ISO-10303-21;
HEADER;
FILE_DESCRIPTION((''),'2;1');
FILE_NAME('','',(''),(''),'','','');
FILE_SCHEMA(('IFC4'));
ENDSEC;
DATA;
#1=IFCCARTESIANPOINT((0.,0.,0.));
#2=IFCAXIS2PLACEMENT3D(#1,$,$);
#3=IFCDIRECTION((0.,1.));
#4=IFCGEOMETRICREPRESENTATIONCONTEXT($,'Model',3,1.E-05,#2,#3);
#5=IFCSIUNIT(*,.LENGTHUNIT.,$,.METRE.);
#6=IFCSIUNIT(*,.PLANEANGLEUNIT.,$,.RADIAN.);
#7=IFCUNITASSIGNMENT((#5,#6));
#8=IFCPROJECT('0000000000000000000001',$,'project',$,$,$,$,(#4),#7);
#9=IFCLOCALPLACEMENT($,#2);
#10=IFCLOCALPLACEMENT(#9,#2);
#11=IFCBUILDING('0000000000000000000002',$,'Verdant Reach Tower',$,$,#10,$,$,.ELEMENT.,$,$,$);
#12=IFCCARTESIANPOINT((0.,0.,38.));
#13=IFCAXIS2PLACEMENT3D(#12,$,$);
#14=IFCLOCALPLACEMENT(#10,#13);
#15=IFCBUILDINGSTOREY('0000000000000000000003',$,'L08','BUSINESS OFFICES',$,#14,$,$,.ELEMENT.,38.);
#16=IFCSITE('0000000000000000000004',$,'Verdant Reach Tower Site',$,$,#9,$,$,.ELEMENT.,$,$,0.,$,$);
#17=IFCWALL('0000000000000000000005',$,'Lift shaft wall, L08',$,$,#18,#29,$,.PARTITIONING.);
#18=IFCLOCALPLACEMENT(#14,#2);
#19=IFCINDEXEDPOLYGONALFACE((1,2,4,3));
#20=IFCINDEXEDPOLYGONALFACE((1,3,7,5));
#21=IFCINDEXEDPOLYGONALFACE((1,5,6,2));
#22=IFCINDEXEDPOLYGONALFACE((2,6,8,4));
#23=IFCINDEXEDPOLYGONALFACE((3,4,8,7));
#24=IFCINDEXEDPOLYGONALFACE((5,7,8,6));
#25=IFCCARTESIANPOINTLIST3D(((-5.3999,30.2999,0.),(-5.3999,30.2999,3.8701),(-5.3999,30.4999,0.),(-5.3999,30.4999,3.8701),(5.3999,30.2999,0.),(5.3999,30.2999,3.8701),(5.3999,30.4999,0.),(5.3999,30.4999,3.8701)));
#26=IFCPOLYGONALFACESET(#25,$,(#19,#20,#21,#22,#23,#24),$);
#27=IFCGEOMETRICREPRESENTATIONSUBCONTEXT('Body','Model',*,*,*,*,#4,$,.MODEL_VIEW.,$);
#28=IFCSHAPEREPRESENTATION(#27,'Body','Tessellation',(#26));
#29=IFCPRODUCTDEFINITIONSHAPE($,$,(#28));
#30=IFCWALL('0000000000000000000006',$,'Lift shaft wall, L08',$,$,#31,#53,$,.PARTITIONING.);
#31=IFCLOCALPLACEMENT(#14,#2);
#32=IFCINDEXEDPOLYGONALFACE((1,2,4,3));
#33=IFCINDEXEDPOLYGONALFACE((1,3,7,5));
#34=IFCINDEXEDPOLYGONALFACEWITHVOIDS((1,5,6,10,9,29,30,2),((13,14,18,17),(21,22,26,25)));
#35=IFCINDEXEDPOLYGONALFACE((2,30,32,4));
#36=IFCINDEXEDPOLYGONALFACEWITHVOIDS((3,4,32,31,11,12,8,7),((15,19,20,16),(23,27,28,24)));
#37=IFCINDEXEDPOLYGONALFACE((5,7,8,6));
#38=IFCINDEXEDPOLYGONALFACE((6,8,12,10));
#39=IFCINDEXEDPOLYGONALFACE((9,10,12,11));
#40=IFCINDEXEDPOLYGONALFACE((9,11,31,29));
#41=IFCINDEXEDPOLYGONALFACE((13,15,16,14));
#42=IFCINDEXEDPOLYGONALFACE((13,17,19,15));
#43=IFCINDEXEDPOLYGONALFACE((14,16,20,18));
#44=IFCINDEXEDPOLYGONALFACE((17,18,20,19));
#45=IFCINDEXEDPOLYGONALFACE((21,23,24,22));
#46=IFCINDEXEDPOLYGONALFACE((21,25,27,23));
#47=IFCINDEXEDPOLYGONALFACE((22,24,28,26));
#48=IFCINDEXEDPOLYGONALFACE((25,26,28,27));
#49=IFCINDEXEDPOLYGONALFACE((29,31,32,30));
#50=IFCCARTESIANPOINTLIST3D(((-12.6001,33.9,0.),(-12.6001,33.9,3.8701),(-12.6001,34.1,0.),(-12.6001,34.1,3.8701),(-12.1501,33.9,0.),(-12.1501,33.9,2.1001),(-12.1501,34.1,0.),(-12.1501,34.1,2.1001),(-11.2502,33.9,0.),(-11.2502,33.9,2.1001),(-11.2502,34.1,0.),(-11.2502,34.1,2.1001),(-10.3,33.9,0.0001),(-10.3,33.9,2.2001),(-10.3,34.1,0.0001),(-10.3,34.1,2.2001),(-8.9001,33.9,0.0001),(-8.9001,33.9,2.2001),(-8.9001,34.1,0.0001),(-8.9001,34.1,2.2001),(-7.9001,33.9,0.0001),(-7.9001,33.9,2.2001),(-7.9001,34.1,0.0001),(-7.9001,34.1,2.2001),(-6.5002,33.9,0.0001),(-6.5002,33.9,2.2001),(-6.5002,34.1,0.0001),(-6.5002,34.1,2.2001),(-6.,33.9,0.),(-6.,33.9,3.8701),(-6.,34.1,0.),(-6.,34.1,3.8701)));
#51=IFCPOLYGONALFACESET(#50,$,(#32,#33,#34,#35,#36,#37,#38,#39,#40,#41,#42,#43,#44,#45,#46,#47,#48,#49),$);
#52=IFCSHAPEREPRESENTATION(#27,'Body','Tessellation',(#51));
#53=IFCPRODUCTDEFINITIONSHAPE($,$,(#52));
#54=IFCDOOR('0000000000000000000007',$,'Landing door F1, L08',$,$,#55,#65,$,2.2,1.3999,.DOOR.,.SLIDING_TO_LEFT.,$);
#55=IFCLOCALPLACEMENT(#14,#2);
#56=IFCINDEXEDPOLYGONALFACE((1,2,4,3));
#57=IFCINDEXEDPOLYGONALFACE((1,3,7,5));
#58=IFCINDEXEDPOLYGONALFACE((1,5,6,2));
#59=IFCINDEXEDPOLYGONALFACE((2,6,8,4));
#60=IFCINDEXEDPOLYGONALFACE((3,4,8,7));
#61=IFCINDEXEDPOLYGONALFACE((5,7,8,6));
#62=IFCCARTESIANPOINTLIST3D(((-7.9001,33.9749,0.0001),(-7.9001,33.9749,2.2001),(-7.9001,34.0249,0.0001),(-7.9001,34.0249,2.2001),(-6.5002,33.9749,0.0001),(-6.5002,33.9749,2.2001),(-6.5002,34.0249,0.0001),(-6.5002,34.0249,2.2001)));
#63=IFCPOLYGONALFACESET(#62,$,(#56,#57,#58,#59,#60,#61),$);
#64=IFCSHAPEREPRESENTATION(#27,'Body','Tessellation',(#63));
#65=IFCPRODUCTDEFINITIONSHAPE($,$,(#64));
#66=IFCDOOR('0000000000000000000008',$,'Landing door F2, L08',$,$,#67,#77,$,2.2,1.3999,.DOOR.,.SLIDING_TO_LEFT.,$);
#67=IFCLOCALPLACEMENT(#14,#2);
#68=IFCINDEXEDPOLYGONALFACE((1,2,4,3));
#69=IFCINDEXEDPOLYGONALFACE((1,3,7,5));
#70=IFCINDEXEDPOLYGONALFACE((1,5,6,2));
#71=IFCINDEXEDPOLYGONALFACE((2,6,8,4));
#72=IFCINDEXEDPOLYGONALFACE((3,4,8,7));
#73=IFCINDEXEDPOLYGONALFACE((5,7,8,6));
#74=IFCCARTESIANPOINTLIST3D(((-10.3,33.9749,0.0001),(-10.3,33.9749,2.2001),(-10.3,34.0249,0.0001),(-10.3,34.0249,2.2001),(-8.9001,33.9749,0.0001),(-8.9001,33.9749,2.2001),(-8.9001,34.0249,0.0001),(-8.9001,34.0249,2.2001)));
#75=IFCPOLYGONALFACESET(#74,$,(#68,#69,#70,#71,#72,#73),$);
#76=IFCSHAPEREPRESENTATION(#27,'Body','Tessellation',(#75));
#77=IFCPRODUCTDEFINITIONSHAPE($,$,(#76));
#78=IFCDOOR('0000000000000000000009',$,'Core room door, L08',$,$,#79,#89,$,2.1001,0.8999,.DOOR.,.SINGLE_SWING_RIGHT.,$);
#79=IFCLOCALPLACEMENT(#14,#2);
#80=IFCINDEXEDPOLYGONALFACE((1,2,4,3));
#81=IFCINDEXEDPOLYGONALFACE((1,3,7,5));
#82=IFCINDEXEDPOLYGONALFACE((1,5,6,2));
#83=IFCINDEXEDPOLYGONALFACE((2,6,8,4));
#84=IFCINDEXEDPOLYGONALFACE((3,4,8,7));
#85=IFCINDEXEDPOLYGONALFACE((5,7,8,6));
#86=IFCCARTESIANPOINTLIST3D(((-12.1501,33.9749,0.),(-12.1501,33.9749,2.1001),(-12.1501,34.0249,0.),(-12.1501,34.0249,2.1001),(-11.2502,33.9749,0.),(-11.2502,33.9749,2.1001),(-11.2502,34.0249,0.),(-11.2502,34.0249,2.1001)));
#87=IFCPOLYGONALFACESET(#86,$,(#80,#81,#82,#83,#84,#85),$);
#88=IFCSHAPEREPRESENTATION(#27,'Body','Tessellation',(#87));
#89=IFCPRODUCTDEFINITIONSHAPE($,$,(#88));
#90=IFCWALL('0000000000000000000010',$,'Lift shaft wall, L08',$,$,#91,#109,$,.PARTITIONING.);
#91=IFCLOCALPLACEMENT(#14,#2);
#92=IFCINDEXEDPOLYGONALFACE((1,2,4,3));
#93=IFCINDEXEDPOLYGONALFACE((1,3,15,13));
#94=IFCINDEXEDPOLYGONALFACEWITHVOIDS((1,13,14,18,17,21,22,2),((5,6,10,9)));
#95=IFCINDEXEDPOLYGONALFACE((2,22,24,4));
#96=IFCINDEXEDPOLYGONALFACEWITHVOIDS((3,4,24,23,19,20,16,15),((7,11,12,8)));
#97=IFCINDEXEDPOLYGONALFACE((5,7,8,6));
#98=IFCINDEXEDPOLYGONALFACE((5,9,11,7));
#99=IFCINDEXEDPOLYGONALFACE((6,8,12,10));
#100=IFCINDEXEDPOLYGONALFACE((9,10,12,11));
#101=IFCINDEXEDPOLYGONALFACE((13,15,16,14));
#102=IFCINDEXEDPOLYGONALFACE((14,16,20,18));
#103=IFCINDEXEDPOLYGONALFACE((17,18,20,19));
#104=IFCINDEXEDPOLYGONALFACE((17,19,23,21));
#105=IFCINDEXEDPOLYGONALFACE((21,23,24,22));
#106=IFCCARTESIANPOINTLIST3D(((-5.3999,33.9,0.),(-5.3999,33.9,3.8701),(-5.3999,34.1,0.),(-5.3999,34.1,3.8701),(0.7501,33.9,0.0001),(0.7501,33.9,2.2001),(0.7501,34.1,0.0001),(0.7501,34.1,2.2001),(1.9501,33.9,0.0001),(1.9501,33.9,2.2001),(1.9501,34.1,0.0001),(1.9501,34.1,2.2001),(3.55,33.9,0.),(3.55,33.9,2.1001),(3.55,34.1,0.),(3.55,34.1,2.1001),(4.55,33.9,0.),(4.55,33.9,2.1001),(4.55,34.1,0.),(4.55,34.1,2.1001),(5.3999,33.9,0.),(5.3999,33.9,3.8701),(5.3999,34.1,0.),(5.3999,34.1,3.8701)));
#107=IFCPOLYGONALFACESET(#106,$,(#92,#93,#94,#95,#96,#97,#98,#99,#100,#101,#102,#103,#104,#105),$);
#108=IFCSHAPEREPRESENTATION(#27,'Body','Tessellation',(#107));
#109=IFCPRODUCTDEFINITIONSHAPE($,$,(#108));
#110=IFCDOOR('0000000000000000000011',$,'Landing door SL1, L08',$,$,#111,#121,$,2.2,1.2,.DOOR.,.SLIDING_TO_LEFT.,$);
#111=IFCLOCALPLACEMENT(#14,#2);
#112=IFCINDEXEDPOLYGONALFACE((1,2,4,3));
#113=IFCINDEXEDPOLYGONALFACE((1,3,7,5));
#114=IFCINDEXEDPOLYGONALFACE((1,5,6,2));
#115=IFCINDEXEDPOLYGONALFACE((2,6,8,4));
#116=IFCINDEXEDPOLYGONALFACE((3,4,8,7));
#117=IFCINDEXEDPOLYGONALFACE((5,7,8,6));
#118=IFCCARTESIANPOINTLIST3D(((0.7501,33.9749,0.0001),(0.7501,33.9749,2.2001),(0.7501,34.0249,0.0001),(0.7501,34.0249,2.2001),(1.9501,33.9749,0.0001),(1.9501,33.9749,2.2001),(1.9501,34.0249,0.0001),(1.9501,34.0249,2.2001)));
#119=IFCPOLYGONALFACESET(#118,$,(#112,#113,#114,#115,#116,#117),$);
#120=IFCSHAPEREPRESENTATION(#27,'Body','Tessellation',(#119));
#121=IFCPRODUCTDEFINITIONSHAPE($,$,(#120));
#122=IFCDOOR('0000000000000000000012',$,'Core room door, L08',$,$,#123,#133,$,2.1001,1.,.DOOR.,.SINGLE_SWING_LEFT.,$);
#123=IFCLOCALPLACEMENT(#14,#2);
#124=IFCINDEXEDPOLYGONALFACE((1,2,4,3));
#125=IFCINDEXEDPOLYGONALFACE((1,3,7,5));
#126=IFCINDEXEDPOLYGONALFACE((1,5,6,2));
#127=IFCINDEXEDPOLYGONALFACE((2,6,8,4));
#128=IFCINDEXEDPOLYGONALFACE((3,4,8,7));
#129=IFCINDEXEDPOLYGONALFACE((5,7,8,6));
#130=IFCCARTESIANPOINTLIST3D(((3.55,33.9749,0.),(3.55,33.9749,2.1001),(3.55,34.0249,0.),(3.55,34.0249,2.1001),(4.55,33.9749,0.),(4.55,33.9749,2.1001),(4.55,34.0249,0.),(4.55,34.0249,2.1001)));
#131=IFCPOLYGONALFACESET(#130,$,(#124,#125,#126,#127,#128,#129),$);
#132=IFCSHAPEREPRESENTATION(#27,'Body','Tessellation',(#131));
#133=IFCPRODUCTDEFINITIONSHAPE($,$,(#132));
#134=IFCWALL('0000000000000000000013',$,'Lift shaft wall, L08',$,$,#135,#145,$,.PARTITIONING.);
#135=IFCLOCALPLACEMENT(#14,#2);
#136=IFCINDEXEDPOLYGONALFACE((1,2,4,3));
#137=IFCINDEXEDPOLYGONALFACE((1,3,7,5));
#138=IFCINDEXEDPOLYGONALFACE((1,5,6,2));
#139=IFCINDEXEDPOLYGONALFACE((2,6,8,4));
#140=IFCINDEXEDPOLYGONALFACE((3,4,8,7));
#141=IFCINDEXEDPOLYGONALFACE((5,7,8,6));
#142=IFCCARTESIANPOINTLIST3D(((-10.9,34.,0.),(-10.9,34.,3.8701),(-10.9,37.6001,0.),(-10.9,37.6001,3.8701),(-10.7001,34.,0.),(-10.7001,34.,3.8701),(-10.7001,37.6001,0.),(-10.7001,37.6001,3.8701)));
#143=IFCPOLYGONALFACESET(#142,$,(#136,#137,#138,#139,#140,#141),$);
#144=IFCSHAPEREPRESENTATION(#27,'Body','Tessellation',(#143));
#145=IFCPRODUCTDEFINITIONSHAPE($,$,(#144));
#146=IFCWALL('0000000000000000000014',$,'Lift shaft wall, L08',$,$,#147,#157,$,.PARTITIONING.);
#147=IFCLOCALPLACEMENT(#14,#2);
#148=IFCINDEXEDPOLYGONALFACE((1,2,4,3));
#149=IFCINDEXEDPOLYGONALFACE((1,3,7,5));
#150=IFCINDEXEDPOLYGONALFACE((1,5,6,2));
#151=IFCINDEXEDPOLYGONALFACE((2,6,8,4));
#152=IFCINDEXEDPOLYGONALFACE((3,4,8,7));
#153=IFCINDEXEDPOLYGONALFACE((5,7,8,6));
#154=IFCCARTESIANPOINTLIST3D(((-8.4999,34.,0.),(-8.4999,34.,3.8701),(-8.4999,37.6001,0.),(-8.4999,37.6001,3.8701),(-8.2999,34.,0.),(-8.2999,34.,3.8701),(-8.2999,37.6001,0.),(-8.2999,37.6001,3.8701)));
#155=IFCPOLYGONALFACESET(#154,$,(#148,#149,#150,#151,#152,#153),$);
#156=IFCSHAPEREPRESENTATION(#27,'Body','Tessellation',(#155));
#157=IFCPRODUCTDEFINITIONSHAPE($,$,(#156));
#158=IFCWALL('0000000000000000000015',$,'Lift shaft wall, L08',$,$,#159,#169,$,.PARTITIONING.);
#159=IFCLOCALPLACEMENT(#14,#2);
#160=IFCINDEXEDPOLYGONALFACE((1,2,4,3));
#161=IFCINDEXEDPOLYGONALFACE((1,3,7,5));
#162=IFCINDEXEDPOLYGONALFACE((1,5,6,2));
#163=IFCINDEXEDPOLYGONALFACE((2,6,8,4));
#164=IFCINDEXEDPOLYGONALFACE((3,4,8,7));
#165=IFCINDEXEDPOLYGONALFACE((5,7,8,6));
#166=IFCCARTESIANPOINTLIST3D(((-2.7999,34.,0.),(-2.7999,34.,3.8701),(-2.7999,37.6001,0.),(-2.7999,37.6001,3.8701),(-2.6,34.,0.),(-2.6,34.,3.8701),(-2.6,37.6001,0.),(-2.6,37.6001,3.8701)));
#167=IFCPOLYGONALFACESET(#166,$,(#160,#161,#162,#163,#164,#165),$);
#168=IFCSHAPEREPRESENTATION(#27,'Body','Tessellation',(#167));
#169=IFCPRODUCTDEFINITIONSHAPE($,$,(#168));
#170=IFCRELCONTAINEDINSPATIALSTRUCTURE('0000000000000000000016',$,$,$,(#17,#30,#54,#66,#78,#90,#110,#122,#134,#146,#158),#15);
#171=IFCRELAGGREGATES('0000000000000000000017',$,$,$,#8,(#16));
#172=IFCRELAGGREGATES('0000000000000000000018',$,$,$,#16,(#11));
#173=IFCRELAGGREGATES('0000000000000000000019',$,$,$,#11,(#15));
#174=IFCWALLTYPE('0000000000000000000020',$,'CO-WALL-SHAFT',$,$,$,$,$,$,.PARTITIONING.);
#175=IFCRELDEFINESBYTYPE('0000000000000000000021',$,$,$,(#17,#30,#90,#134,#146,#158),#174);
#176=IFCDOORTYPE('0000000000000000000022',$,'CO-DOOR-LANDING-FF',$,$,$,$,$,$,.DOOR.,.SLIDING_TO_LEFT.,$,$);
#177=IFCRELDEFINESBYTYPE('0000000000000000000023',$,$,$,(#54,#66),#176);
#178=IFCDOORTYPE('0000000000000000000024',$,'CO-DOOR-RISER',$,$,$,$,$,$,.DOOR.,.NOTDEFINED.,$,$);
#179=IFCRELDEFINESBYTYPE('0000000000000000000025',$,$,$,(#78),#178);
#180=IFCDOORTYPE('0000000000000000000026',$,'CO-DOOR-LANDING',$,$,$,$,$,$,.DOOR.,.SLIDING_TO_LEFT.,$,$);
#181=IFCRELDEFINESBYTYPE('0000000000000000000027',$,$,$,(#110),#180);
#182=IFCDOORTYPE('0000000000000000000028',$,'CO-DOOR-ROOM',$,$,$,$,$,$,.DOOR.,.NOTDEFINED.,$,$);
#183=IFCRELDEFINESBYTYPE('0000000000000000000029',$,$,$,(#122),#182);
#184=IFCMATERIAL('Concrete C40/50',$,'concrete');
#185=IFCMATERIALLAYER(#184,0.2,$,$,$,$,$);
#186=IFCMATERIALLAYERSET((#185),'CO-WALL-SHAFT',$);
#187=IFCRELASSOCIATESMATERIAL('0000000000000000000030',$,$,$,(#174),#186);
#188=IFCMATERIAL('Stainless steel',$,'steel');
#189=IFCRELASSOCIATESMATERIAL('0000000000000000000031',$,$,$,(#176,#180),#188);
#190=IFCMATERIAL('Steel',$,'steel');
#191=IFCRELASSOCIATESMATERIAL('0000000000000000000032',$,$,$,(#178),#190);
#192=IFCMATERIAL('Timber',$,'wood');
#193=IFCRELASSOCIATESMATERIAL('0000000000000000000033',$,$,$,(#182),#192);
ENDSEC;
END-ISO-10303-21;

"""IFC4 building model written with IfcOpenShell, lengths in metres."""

from ifc_helpers import new_model, si_unit, direction, frame, frame_2d, origin, place, context, subcontext, project, spatial, rectangle, extrude, material, layer, layer_set, type_object, element, fill, save


model = new_model("IFC4")

# Units and contexts
model_context = context("Model", 3, precision=1e-05, world=origin(), true_north=direction((0.0, 1.0)))
body_context = subcontext(model_context, "Body", "Model", "MODEL_VIEW")
ifc_project = project(units=[si_unit("LENGTHUNIT", "METRE"), si_unit("PLANEANGLEUNIT", "RADIAN")], contexts=[model_context])

# Site, building, storey
site_placement = place(None, origin())
site = spatial("IfcSite", under=ifc_project, at=site_placement, Name="Verdant Reach Tower Site", CompositionType="ELEMENT", RefElevation=0.0)
building_placement = place(site_placement, origin())
building = spatial("IfcBuilding", under=site, at=building_placement, Name="Verdant Reach Tower", CompositionType="ELEMENT")
storey_placement = place(building_placement, frame((0.0, 0.0, 38.0)))
storey = spatial("IfcBuildingStorey", under=building, at=storey_placement, Name="L08", Description="BUSINESS OFFICES", CompositionType="ELEMENT", Elevation=38.0)

# Wall
ifc_material_1 = material(Name="Concrete C40/50", Category="concrete")
ifc_layer_1 = layer(ifc_material_1, 0.2)
ifc_layer_set_1 = layer_set([ifc_layer_1], Name="CO-WALL-SHAFT")
wall_type_1 = type_object("IfcWallType", Name="CO-WALL-SHAFT", PredefinedType="PARTITIONING", material=ifc_layer_set_1)
wall_1_placement = place(storey_placement, frame((-5.3999, 30.3999, 0.0), z_axis=(0.0, 0.0, 1.0), x_axis=(1.0, 0.0, 0.0)))
element("IfcWall", 1, at=wall_1_placement, inside=storey, type_object=wall_type_1, Name="Lift shaft wall, L08", PredefinedType="PARTITIONING", context=body_context, shape_type="SweptSolid", body=[
    extrude(rectangle(XDim=10.7998, YDim=0.2, at=frame_2d((5.3999, 0.0))), origin(), (0.0, 0.0, 1.0), 3.8701),
])

# Walls, openings, doors
wall_2_placement = place(storey_placement, frame((-12.6001, 34.0, 0.0), z_axis=(0.0, 0.0, 1.0), x_axis=(1.0, 0.0, 0.0)))
wall_2 = element("IfcWall", 2, at=wall_2_placement, inside=storey, type_object=wall_type_1, Name="Lift shaft wall, L08", PredefinedType="PARTITIONING", context=body_context, shape_type="SweptSolid", body=[
    extrude(rectangle(XDim=6.6001, YDim=0.2, at=frame_2d((3.3, 0.0))), origin(), (0.0, 0.0, 1.0), 3.8701),
])
opening_1_placement = place(wall_2_placement, frame((4.7, 0.0, 0.0)))
opening_1 = element("IfcOpeningElement", 3, at=opening_1_placement, cuts=wall_2, PredefinedType="OPENING", context=body_context, shape_type="SweptSolid", body=[
    extrude(rectangle(XDim=1.3999, YDim=2.2, at=frame_2d((0.7, 1.1001))), frame((0.0, 0.1099, 0.0), z_axis=(0.0, -1.0, 0.0), x_axis=(1.0, 0.0, 0.0)), (0.0, 0.0, 1.0), 0.22),
])
opening_2_placement = place(wall_2_placement, frame((2.3, 0.0, 0.0)))
opening_2 = element("IfcOpeningElement", 4, at=opening_2_placement, cuts=wall_2, PredefinedType="OPENING", context=body_context, shape_type="SweptSolid", body=[
    extrude(rectangle(XDim=1.3999, YDim=2.2, at=frame_2d((0.7, 1.1001))), frame((0.0, 0.1099, 0.0), z_axis=(0.0, -1.0, 0.0), x_axis=(1.0, 0.0, 0.0)), (0.0, 0.0, 1.0), 0.22),
])
opening_3_placement = place(wall_2_placement, frame((0.45, 0.0, 0.0)))
opening_3 = element("IfcOpeningElement", 5, at=opening_3_placement, cuts=wall_2, PredefinedType="OPENING", context=body_context, shape_type="SweptSolid", body=[
    extrude(rectangle(XDim=0.8999, YDim=2.1001, at=frame_2d((0.45, 1.05))), frame((0.0, 0.1099, 0.0), z_axis=(0.0, -1.0, 0.0), x_axis=(1.0, 0.0, 0.0)), (0.0, 0.0, 1.0), 0.22),
])
ifc_material_2 = material(Name="Stainless steel", Category="steel")
door_type_1 = type_object("IfcDoorType", Name="CO-DOOR-LANDING-FF", OperationType="SLIDING_TO_LEFT", PredefinedType="DOOR", material=ifc_material_2)
door_1_placement = place(opening_1_placement, origin())
door_1 = element("IfcDoor", 6, at=door_1_placement, inside=storey, type_object=door_type_1, Name="Landing door F1, L08", OperationType="SLIDING_TO_LEFT", OverallHeight=2.2, OverallWidth=1.3999, PredefinedType="DOOR", context=body_context, shape_type="SweptSolid", body=[
    extrude(rectangle(XDim=1.3999, YDim=2.2, at=frame_2d((0.7, 1.1001))), frame((0.0, 0.0249, 0.0), z_axis=(0.0, -1.0, 0.0), x_axis=(1.0, 0.0, 0.0)), (0.0, 0.0, 1.0), 0.05),
])
fill(opening_1, door_1)
door_2_placement = place(opening_2_placement, origin())
door_2 = element("IfcDoor", 7, at=door_2_placement, inside=storey, type_object=door_type_1, Name="Landing door F2, L08", OperationType="SLIDING_TO_LEFT", OverallHeight=2.2, OverallWidth=1.3999, PredefinedType="DOOR", context=body_context, shape_type="SweptSolid", body=[
    extrude(rectangle(XDim=1.3999, YDim=2.2, at=frame_2d((0.7, 1.1001))), frame((0.0, 0.0249, 0.0), z_axis=(0.0, -1.0, 0.0), x_axis=(1.0, 0.0, 0.0)), (0.0, 0.0, 1.0), 0.05),
])
fill(opening_2, door_2)
ifc_material_3 = material(Name="Steel", Category="steel")
door_type_2 = type_object("IfcDoorType", Name="CO-DOOR-RISER", OperationType="NOTDEFINED", PredefinedType="DOOR", material=ifc_material_3)
door_3_placement = place(opening_3_placement, origin())
door_3 = element("IfcDoor", 8, at=door_3_placement, inside=storey, type_object=door_type_2, Name="Core room door, L08", OperationType="SINGLE_SWING_RIGHT", OverallHeight=2.1001, OverallWidth=0.8999, PredefinedType="DOOR", context=body_context, shape_type="SweptSolid", body=[
    extrude(rectangle(XDim=0.8999, YDim=2.1001, at=frame_2d((0.45, 1.05))), frame((0.0, 0.0249, 0.0), z_axis=(0.0, -1.0, 0.0), x_axis=(1.0, 0.0, 0.0)), (0.0, 0.0, 1.0), 0.05),
])
fill(opening_3, door_3)
wall_3_placement = place(storey_placement, frame((-5.3999, 34.0, 0.0), z_axis=(0.0, 0.0, 1.0), x_axis=(1.0, 0.0, 0.0)))
wall_3 = element("IfcWall", 9, at=wall_3_placement, inside=storey, type_object=wall_type_1, Name="Lift shaft wall, L08", PredefinedType="PARTITIONING", context=body_context, shape_type="SweptSolid", body=[
    extrude(rectangle(XDim=10.7998, YDim=0.2, at=frame_2d((5.3999, 0.0))), origin(), (0.0, 0.0, 1.0), 3.8701),
])
opening_4_placement = place(wall_3_placement, frame((6.1499, 0.0, 0.0)))
opening_4 = element("IfcOpeningElement", 10, at=opening_4_placement, cuts=wall_3, PredefinedType="OPENING", context=body_context, shape_type="SweptSolid", body=[
    extrude(rectangle(XDim=1.2, YDim=2.2, at=frame_2d((0.6001, 1.1001))), frame((0.0, 0.1099, 0.0), z_axis=(0.0, -1.0, 0.0), x_axis=(1.0, 0.0, 0.0)), (0.0, 0.0, 1.0), 0.22),
])
opening_5_placement = place(wall_3_placement, frame((8.95, 0.0, 0.0)))
opening_5 = element("IfcOpeningElement", 11, at=opening_5_placement, cuts=wall_3, PredefinedType="OPENING", context=body_context, shape_type="SweptSolid", body=[
    extrude(rectangle(XDim=1.0, YDim=2.1001, at=frame_2d((0.5, 1.05))), frame((0.0, 0.1099, 0.0), z_axis=(0.0, -1.0, 0.0), x_axis=(1.0, 0.0, 0.0)), (0.0, 0.0, 1.0), 0.22),
])
door_type_3 = type_object("IfcDoorType", Name="CO-DOOR-LANDING", OperationType="SLIDING_TO_LEFT", PredefinedType="DOOR", material=ifc_material_2)
door_4_placement = place(opening_4_placement, origin())
door_4 = element("IfcDoor", 12, at=door_4_placement, inside=storey, type_object=door_type_3, Name="Landing door SL1, L08", OperationType="SLIDING_TO_LEFT", OverallHeight=2.2, OverallWidth=1.2, PredefinedType="DOOR", context=body_context, shape_type="SweptSolid", body=[
    extrude(rectangle(XDim=1.2, YDim=2.2, at=frame_2d((0.6001, 1.1001))), frame((0.0, 0.0249, 0.0), z_axis=(0.0, -1.0, 0.0), x_axis=(1.0, 0.0, 0.0)), (0.0, 0.0, 1.0), 0.05),
])
fill(opening_4, door_4)
ifc_material_4 = material(Name="Timber", Category="wood")
door_type_4 = type_object("IfcDoorType", Name="CO-DOOR-ROOM", OperationType="NOTDEFINED", PredefinedType="DOOR", material=ifc_material_4)
door_5_placement = place(opening_5_placement, origin())
door_5 = element("IfcDoor", 13, at=door_5_placement, inside=storey, type_object=door_type_4, Name="Core room door, L08", OperationType="SINGLE_SWING_LEFT", OverallHeight=2.1001, OverallWidth=1.0, PredefinedType="DOOR", context=body_context, shape_type="SweptSolid", body=[
    extrude(rectangle(XDim=1.0, YDim=2.1001, at=frame_2d((0.5, 1.05))), frame((0.0, 0.0249, 0.0), z_axis=(0.0, -1.0, 0.0), x_axis=(1.0, 0.0, 0.0)), (0.0, 0.0, 1.0), 0.05),
])
fill(opening_5, door_5)

# Walls
for number, where, z_axis, x_axis, name in (
    (14, (-10.8, 34.0, 0.0), (0.0, 0.0, 1.0), (0.0, 1.0, 0.0), "Lift shaft wall, L08"),
    (15, (-8.3999, 34.0, 0.0), (0.0, 0.0, 1.0), (0.0, 1.0, 0.0), "Lift shaft wall, L08"),
    (16, (-2.7, 34.0, 0.0), (0.0, 0.0, 1.0), (0.0, 1.0, 0.0), "Lift shaft wall, L08"),
):
    element("IfcWall", number, at=place(storey_placement, frame(where, z_axis=z_axis, x_axis=x_axis)), inside=storey, type_object=wall_type_1, Name=name, PredefinedType="PARTITIONING", context=body_context, shape_type="SweptSolid", body=[
        extrude(rectangle(XDim=3.6001, YDim=0.2, at=frame_2d((1.8, 0.0))), origin(), (0.0, 0.0, 1.0), 3.8701),
    ])

save(model, "model.ifc")
